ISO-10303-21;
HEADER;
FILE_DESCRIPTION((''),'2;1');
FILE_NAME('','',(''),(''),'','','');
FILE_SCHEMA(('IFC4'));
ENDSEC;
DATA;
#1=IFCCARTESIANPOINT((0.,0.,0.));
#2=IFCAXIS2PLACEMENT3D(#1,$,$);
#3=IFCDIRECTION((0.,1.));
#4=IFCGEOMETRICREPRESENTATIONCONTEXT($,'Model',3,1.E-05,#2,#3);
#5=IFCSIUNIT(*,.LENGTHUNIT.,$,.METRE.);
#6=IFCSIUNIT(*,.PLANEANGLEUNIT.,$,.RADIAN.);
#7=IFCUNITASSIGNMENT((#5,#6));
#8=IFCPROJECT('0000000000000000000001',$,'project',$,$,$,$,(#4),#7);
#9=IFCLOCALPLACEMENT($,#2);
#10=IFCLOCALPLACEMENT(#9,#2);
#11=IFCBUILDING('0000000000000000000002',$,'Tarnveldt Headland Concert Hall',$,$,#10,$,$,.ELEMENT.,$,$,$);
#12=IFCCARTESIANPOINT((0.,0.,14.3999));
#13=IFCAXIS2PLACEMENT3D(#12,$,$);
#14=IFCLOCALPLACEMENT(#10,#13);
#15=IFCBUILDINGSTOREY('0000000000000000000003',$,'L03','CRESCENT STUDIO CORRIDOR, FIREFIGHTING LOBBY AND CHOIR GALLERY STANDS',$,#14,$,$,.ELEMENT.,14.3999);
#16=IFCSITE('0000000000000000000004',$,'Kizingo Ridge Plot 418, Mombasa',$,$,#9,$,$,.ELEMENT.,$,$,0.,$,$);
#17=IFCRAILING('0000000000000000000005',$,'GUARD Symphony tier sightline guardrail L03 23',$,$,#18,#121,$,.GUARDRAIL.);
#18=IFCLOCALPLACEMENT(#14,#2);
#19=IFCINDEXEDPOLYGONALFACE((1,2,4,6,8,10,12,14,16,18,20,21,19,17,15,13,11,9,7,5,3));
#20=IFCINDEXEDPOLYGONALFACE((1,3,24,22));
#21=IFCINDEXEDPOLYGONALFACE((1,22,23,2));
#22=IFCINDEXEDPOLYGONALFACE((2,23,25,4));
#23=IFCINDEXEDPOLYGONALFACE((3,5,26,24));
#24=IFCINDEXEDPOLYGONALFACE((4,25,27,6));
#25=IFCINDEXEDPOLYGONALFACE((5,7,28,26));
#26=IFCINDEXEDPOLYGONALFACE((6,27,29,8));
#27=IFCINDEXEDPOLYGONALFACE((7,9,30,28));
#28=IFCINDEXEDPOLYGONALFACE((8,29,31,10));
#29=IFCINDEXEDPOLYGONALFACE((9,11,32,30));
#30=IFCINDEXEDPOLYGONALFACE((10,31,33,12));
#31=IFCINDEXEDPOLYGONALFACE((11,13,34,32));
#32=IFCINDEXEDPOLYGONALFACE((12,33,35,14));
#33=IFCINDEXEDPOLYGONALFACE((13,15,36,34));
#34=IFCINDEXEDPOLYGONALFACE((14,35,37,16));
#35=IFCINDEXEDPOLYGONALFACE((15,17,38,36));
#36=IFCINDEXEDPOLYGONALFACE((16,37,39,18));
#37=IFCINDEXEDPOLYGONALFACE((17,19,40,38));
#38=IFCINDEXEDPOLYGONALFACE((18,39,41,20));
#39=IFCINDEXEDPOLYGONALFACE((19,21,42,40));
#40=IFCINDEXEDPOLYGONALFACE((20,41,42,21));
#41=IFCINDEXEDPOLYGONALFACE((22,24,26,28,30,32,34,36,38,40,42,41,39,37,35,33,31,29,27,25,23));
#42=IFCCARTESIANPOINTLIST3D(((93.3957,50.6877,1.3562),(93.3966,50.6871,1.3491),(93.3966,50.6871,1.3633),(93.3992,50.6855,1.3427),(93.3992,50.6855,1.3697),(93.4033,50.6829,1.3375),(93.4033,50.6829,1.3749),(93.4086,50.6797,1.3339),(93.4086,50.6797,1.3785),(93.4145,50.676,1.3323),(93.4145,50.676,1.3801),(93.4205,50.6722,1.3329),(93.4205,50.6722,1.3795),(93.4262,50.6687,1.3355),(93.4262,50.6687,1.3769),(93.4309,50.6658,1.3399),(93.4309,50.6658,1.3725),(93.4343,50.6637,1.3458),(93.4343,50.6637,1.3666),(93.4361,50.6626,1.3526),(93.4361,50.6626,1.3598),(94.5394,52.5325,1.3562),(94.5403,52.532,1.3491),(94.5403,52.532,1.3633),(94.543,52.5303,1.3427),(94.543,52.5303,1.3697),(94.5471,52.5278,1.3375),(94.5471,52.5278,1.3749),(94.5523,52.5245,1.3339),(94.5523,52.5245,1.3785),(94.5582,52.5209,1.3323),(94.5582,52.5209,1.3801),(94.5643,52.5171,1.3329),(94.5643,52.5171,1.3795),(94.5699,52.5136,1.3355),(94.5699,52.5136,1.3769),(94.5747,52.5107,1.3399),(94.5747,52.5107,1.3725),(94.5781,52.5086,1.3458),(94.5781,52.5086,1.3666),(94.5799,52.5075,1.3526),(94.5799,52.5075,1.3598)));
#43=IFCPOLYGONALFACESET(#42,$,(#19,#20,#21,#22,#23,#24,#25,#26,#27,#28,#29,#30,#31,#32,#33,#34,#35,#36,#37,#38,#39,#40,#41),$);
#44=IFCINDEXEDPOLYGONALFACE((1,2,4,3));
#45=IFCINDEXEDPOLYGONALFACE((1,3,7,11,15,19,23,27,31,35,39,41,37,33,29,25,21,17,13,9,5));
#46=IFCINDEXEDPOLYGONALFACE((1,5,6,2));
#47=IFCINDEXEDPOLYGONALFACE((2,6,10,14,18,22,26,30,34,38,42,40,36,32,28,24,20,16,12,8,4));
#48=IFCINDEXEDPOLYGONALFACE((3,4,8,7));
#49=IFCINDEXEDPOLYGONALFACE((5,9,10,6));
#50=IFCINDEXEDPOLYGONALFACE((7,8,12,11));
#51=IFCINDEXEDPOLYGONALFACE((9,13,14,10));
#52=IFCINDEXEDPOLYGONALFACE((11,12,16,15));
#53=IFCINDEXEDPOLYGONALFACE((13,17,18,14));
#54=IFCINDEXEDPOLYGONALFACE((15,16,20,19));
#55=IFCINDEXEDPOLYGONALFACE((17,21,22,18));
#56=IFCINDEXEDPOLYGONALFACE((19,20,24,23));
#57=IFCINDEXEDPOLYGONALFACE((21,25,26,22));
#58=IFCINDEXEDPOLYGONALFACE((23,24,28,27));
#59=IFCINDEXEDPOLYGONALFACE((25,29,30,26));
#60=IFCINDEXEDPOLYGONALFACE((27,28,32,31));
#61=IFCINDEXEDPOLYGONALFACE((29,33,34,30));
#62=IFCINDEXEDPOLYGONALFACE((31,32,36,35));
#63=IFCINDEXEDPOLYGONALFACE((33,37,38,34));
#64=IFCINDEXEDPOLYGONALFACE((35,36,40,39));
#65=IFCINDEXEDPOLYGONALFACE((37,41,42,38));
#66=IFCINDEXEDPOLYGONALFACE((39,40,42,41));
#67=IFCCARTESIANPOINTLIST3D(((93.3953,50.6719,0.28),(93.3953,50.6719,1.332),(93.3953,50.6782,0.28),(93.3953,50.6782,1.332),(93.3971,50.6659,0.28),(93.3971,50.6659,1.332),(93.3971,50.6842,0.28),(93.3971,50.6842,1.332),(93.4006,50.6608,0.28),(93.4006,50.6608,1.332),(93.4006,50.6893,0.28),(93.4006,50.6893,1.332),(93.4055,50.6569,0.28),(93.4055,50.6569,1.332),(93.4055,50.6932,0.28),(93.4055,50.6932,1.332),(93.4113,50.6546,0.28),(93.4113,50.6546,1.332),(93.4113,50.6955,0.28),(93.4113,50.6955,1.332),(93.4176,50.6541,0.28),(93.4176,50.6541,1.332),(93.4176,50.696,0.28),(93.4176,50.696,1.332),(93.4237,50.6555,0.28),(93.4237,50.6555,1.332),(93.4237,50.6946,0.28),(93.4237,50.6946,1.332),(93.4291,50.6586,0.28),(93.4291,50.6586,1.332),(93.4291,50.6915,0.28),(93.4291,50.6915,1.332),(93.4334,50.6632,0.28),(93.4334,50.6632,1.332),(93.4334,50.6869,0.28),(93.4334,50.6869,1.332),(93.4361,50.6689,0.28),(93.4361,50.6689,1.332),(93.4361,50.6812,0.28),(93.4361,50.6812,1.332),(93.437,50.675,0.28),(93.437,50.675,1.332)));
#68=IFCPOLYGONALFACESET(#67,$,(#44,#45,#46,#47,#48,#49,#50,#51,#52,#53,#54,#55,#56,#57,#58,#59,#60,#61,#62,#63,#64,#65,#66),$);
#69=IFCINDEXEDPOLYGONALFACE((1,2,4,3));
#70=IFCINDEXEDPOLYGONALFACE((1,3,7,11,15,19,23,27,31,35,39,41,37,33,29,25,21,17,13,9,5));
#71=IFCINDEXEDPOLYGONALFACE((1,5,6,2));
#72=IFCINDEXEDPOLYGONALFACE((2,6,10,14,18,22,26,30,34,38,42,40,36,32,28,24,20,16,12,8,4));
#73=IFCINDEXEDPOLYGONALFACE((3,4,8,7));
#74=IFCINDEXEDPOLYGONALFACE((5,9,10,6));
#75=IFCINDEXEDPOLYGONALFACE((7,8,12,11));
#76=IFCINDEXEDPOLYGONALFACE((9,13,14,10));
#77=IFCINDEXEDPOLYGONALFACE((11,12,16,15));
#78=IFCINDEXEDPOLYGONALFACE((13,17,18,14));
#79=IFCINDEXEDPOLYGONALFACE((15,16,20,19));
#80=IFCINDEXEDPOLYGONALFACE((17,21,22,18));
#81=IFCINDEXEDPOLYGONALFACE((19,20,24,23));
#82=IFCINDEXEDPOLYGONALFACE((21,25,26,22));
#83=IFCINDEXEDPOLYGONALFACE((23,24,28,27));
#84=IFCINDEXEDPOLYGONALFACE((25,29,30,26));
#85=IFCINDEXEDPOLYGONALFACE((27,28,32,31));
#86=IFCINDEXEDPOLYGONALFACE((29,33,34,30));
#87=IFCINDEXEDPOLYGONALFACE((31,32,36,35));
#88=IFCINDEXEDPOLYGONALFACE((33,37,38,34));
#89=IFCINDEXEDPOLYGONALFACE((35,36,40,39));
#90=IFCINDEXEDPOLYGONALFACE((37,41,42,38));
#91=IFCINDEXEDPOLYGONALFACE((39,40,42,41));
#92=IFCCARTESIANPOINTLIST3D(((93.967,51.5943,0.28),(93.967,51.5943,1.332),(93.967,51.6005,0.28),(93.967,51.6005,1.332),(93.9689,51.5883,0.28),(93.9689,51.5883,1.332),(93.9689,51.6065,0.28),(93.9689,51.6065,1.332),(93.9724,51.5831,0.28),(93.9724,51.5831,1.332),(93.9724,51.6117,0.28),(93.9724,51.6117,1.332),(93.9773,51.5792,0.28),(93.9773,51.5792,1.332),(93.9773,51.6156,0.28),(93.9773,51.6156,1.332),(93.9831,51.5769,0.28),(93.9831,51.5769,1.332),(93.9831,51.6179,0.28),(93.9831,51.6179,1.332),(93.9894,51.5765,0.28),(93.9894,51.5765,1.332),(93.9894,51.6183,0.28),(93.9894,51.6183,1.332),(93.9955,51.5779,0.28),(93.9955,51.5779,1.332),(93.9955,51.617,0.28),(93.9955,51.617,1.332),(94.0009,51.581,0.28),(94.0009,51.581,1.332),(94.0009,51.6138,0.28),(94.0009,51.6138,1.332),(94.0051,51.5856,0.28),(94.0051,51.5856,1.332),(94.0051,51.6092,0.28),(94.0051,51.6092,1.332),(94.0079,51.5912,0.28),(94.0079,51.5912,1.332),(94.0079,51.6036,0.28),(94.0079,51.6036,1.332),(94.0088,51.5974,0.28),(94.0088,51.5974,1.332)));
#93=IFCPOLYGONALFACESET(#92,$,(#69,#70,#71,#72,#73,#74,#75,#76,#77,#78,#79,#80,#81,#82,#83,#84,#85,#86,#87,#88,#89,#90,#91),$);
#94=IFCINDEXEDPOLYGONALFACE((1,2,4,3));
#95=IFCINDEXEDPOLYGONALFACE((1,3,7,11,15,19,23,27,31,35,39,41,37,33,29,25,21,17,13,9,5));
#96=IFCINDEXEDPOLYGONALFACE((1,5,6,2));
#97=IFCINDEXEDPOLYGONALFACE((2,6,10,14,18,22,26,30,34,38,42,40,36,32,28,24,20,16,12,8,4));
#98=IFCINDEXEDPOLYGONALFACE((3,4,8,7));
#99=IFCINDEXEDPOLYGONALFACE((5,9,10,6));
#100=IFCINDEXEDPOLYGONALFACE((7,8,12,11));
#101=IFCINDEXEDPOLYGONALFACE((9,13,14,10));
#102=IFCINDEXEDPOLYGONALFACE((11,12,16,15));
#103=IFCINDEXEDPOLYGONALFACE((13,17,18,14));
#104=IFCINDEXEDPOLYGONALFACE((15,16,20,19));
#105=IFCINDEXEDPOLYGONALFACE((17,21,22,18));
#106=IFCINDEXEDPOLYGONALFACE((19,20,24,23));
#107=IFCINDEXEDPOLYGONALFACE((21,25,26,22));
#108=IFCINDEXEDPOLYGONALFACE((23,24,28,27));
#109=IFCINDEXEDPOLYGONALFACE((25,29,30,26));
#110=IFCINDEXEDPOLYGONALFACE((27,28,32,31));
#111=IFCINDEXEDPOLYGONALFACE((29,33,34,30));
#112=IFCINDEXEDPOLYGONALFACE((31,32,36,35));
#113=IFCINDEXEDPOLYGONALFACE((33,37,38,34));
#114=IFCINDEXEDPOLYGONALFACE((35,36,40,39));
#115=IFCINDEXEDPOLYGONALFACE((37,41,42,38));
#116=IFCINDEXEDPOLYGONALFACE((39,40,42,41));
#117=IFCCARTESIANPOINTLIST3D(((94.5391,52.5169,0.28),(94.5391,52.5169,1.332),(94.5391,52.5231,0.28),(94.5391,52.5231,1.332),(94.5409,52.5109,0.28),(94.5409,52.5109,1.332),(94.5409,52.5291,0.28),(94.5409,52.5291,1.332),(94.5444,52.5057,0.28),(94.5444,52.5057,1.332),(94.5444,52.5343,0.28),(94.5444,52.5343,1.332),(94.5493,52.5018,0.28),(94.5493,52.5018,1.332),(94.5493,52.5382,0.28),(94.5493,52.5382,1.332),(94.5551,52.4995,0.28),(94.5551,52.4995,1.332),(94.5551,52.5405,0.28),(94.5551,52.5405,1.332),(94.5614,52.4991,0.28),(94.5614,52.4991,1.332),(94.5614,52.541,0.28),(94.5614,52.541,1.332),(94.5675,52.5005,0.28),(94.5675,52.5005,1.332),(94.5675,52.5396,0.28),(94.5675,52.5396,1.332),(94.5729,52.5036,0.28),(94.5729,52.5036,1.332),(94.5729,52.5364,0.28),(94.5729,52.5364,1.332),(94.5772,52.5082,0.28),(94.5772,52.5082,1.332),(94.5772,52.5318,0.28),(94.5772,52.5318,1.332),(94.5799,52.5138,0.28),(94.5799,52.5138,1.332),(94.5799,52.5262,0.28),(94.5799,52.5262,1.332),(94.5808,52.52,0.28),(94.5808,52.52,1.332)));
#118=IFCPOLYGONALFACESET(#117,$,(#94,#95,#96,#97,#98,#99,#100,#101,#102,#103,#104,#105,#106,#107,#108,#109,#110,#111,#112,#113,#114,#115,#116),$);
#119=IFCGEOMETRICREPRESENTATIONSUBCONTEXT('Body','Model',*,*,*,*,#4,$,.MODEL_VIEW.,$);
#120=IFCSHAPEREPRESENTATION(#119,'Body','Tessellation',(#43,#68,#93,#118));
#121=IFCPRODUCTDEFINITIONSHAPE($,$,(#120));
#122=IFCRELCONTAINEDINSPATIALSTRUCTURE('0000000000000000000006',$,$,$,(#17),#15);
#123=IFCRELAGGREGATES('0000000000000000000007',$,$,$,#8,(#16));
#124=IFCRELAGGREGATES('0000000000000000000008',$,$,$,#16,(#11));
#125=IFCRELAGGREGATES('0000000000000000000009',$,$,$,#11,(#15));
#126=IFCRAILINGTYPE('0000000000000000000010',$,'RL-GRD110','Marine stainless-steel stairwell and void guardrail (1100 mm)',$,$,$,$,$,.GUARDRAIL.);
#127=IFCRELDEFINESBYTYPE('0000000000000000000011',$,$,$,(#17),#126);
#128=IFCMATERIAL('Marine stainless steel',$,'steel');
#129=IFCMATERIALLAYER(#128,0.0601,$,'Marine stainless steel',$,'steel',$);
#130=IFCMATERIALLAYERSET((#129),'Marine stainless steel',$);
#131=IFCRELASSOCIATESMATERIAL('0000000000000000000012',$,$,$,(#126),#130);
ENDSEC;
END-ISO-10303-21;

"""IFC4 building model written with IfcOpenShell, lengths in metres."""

from ifc_helpers import new_model, si_unit, direction, frame, origin, origin_2d, place, context, subcontext, project, spatial, circle, extrude, material, layer, layer_set, type_object, element, save


model = new_model("IFC4")

# Units and contexts
model_context = context("Model", 3, precision=1e-05, world=origin(), true_north=direction((0.0, 1.0)))
body_context = subcontext(model_context, "Body", "Model", "MODEL_VIEW")
ifc_project = project(units=[si_unit("LENGTHUNIT", "METRE"), si_unit("PLANEANGLEUNIT", "RADIAN")], contexts=[model_context])

# Site, building, storey
site_placement = place(None, origin())
site = spatial("IfcSite", under=ifc_project, at=site_placement, Name="Kizingo Ridge Plot 418, Mombasa", CompositionType="ELEMENT", RefElevation=0.0)
building_placement = place(site_placement, origin())
building = spatial("IfcBuilding", under=site, at=building_placement, Name="Tarnveldt Headland Concert Hall", CompositionType="ELEMENT")
storey_placement = place(building_placement, frame((0.0, 0.0, 14.3999)))
storey = spatial("IfcBuildingStorey", under=building, at=storey_placement, Name="L03", Description="CRESCENT STUDIO CORRIDOR, FIREFIGHTING LOBBY AND CHOIR GALLERY STANDS", CompositionType="ELEMENT", Elevation=14.3999)

# Railing
ifc_material_1 = material(Name="Marine stainless steel", Category="steel")
ifc_layer_1 = layer(ifc_material_1, 0.0601, Name="Marine stainless steel", Category="steel")
ifc_layer_set_1 = layer_set([ifc_layer_1], Name="Marine stainless steel")
railing_type = type_object("IfcRailingType", Name="RL-GRD110", Description="Marine stainless-steel stairwell and void guardrail (1100 mm)", PredefinedType="GUARDRAIL", material=ifc_layer_set_1)
railing_1_placement = place(storey_placement, frame((93.416, 50.675, 0.28)))
element("IfcRailing", 1, at=railing_1_placement, inside=storey, type_object=railing_type, Name="GUARD Symphony tier sightline guardrail L03 23", PredefinedType="GUARDRAIL", context=body_context, shape_type="SweptSolid", body=[
    extrude(circle(Radius=0.0239, at=origin_2d()), frame((0.0, 0.0, 1.0762), z_axis=(0.526912, 0.84992, 0.0), x_axis=(-0.84992, 0.526912, 0.0)), (0.0, 0.0, 1.0), 2.1707),
    extrude(circle(Radius=0.021, at=origin_2d()), origin(), (0.0, 0.0, 1.0), 1.052),
    extrude(circle(Radius=0.021, at=origin_2d()), frame((0.5718, 0.9224, 0.0)), (0.0, 0.0, 1.0), 1.052),
    extrude(circle(Radius=0.021, at=origin_2d()), frame((1.1438, 1.845, 0.0)), (0.0, 0.0, 1.0), 1.052),
])

save(model, "model.ifc")
